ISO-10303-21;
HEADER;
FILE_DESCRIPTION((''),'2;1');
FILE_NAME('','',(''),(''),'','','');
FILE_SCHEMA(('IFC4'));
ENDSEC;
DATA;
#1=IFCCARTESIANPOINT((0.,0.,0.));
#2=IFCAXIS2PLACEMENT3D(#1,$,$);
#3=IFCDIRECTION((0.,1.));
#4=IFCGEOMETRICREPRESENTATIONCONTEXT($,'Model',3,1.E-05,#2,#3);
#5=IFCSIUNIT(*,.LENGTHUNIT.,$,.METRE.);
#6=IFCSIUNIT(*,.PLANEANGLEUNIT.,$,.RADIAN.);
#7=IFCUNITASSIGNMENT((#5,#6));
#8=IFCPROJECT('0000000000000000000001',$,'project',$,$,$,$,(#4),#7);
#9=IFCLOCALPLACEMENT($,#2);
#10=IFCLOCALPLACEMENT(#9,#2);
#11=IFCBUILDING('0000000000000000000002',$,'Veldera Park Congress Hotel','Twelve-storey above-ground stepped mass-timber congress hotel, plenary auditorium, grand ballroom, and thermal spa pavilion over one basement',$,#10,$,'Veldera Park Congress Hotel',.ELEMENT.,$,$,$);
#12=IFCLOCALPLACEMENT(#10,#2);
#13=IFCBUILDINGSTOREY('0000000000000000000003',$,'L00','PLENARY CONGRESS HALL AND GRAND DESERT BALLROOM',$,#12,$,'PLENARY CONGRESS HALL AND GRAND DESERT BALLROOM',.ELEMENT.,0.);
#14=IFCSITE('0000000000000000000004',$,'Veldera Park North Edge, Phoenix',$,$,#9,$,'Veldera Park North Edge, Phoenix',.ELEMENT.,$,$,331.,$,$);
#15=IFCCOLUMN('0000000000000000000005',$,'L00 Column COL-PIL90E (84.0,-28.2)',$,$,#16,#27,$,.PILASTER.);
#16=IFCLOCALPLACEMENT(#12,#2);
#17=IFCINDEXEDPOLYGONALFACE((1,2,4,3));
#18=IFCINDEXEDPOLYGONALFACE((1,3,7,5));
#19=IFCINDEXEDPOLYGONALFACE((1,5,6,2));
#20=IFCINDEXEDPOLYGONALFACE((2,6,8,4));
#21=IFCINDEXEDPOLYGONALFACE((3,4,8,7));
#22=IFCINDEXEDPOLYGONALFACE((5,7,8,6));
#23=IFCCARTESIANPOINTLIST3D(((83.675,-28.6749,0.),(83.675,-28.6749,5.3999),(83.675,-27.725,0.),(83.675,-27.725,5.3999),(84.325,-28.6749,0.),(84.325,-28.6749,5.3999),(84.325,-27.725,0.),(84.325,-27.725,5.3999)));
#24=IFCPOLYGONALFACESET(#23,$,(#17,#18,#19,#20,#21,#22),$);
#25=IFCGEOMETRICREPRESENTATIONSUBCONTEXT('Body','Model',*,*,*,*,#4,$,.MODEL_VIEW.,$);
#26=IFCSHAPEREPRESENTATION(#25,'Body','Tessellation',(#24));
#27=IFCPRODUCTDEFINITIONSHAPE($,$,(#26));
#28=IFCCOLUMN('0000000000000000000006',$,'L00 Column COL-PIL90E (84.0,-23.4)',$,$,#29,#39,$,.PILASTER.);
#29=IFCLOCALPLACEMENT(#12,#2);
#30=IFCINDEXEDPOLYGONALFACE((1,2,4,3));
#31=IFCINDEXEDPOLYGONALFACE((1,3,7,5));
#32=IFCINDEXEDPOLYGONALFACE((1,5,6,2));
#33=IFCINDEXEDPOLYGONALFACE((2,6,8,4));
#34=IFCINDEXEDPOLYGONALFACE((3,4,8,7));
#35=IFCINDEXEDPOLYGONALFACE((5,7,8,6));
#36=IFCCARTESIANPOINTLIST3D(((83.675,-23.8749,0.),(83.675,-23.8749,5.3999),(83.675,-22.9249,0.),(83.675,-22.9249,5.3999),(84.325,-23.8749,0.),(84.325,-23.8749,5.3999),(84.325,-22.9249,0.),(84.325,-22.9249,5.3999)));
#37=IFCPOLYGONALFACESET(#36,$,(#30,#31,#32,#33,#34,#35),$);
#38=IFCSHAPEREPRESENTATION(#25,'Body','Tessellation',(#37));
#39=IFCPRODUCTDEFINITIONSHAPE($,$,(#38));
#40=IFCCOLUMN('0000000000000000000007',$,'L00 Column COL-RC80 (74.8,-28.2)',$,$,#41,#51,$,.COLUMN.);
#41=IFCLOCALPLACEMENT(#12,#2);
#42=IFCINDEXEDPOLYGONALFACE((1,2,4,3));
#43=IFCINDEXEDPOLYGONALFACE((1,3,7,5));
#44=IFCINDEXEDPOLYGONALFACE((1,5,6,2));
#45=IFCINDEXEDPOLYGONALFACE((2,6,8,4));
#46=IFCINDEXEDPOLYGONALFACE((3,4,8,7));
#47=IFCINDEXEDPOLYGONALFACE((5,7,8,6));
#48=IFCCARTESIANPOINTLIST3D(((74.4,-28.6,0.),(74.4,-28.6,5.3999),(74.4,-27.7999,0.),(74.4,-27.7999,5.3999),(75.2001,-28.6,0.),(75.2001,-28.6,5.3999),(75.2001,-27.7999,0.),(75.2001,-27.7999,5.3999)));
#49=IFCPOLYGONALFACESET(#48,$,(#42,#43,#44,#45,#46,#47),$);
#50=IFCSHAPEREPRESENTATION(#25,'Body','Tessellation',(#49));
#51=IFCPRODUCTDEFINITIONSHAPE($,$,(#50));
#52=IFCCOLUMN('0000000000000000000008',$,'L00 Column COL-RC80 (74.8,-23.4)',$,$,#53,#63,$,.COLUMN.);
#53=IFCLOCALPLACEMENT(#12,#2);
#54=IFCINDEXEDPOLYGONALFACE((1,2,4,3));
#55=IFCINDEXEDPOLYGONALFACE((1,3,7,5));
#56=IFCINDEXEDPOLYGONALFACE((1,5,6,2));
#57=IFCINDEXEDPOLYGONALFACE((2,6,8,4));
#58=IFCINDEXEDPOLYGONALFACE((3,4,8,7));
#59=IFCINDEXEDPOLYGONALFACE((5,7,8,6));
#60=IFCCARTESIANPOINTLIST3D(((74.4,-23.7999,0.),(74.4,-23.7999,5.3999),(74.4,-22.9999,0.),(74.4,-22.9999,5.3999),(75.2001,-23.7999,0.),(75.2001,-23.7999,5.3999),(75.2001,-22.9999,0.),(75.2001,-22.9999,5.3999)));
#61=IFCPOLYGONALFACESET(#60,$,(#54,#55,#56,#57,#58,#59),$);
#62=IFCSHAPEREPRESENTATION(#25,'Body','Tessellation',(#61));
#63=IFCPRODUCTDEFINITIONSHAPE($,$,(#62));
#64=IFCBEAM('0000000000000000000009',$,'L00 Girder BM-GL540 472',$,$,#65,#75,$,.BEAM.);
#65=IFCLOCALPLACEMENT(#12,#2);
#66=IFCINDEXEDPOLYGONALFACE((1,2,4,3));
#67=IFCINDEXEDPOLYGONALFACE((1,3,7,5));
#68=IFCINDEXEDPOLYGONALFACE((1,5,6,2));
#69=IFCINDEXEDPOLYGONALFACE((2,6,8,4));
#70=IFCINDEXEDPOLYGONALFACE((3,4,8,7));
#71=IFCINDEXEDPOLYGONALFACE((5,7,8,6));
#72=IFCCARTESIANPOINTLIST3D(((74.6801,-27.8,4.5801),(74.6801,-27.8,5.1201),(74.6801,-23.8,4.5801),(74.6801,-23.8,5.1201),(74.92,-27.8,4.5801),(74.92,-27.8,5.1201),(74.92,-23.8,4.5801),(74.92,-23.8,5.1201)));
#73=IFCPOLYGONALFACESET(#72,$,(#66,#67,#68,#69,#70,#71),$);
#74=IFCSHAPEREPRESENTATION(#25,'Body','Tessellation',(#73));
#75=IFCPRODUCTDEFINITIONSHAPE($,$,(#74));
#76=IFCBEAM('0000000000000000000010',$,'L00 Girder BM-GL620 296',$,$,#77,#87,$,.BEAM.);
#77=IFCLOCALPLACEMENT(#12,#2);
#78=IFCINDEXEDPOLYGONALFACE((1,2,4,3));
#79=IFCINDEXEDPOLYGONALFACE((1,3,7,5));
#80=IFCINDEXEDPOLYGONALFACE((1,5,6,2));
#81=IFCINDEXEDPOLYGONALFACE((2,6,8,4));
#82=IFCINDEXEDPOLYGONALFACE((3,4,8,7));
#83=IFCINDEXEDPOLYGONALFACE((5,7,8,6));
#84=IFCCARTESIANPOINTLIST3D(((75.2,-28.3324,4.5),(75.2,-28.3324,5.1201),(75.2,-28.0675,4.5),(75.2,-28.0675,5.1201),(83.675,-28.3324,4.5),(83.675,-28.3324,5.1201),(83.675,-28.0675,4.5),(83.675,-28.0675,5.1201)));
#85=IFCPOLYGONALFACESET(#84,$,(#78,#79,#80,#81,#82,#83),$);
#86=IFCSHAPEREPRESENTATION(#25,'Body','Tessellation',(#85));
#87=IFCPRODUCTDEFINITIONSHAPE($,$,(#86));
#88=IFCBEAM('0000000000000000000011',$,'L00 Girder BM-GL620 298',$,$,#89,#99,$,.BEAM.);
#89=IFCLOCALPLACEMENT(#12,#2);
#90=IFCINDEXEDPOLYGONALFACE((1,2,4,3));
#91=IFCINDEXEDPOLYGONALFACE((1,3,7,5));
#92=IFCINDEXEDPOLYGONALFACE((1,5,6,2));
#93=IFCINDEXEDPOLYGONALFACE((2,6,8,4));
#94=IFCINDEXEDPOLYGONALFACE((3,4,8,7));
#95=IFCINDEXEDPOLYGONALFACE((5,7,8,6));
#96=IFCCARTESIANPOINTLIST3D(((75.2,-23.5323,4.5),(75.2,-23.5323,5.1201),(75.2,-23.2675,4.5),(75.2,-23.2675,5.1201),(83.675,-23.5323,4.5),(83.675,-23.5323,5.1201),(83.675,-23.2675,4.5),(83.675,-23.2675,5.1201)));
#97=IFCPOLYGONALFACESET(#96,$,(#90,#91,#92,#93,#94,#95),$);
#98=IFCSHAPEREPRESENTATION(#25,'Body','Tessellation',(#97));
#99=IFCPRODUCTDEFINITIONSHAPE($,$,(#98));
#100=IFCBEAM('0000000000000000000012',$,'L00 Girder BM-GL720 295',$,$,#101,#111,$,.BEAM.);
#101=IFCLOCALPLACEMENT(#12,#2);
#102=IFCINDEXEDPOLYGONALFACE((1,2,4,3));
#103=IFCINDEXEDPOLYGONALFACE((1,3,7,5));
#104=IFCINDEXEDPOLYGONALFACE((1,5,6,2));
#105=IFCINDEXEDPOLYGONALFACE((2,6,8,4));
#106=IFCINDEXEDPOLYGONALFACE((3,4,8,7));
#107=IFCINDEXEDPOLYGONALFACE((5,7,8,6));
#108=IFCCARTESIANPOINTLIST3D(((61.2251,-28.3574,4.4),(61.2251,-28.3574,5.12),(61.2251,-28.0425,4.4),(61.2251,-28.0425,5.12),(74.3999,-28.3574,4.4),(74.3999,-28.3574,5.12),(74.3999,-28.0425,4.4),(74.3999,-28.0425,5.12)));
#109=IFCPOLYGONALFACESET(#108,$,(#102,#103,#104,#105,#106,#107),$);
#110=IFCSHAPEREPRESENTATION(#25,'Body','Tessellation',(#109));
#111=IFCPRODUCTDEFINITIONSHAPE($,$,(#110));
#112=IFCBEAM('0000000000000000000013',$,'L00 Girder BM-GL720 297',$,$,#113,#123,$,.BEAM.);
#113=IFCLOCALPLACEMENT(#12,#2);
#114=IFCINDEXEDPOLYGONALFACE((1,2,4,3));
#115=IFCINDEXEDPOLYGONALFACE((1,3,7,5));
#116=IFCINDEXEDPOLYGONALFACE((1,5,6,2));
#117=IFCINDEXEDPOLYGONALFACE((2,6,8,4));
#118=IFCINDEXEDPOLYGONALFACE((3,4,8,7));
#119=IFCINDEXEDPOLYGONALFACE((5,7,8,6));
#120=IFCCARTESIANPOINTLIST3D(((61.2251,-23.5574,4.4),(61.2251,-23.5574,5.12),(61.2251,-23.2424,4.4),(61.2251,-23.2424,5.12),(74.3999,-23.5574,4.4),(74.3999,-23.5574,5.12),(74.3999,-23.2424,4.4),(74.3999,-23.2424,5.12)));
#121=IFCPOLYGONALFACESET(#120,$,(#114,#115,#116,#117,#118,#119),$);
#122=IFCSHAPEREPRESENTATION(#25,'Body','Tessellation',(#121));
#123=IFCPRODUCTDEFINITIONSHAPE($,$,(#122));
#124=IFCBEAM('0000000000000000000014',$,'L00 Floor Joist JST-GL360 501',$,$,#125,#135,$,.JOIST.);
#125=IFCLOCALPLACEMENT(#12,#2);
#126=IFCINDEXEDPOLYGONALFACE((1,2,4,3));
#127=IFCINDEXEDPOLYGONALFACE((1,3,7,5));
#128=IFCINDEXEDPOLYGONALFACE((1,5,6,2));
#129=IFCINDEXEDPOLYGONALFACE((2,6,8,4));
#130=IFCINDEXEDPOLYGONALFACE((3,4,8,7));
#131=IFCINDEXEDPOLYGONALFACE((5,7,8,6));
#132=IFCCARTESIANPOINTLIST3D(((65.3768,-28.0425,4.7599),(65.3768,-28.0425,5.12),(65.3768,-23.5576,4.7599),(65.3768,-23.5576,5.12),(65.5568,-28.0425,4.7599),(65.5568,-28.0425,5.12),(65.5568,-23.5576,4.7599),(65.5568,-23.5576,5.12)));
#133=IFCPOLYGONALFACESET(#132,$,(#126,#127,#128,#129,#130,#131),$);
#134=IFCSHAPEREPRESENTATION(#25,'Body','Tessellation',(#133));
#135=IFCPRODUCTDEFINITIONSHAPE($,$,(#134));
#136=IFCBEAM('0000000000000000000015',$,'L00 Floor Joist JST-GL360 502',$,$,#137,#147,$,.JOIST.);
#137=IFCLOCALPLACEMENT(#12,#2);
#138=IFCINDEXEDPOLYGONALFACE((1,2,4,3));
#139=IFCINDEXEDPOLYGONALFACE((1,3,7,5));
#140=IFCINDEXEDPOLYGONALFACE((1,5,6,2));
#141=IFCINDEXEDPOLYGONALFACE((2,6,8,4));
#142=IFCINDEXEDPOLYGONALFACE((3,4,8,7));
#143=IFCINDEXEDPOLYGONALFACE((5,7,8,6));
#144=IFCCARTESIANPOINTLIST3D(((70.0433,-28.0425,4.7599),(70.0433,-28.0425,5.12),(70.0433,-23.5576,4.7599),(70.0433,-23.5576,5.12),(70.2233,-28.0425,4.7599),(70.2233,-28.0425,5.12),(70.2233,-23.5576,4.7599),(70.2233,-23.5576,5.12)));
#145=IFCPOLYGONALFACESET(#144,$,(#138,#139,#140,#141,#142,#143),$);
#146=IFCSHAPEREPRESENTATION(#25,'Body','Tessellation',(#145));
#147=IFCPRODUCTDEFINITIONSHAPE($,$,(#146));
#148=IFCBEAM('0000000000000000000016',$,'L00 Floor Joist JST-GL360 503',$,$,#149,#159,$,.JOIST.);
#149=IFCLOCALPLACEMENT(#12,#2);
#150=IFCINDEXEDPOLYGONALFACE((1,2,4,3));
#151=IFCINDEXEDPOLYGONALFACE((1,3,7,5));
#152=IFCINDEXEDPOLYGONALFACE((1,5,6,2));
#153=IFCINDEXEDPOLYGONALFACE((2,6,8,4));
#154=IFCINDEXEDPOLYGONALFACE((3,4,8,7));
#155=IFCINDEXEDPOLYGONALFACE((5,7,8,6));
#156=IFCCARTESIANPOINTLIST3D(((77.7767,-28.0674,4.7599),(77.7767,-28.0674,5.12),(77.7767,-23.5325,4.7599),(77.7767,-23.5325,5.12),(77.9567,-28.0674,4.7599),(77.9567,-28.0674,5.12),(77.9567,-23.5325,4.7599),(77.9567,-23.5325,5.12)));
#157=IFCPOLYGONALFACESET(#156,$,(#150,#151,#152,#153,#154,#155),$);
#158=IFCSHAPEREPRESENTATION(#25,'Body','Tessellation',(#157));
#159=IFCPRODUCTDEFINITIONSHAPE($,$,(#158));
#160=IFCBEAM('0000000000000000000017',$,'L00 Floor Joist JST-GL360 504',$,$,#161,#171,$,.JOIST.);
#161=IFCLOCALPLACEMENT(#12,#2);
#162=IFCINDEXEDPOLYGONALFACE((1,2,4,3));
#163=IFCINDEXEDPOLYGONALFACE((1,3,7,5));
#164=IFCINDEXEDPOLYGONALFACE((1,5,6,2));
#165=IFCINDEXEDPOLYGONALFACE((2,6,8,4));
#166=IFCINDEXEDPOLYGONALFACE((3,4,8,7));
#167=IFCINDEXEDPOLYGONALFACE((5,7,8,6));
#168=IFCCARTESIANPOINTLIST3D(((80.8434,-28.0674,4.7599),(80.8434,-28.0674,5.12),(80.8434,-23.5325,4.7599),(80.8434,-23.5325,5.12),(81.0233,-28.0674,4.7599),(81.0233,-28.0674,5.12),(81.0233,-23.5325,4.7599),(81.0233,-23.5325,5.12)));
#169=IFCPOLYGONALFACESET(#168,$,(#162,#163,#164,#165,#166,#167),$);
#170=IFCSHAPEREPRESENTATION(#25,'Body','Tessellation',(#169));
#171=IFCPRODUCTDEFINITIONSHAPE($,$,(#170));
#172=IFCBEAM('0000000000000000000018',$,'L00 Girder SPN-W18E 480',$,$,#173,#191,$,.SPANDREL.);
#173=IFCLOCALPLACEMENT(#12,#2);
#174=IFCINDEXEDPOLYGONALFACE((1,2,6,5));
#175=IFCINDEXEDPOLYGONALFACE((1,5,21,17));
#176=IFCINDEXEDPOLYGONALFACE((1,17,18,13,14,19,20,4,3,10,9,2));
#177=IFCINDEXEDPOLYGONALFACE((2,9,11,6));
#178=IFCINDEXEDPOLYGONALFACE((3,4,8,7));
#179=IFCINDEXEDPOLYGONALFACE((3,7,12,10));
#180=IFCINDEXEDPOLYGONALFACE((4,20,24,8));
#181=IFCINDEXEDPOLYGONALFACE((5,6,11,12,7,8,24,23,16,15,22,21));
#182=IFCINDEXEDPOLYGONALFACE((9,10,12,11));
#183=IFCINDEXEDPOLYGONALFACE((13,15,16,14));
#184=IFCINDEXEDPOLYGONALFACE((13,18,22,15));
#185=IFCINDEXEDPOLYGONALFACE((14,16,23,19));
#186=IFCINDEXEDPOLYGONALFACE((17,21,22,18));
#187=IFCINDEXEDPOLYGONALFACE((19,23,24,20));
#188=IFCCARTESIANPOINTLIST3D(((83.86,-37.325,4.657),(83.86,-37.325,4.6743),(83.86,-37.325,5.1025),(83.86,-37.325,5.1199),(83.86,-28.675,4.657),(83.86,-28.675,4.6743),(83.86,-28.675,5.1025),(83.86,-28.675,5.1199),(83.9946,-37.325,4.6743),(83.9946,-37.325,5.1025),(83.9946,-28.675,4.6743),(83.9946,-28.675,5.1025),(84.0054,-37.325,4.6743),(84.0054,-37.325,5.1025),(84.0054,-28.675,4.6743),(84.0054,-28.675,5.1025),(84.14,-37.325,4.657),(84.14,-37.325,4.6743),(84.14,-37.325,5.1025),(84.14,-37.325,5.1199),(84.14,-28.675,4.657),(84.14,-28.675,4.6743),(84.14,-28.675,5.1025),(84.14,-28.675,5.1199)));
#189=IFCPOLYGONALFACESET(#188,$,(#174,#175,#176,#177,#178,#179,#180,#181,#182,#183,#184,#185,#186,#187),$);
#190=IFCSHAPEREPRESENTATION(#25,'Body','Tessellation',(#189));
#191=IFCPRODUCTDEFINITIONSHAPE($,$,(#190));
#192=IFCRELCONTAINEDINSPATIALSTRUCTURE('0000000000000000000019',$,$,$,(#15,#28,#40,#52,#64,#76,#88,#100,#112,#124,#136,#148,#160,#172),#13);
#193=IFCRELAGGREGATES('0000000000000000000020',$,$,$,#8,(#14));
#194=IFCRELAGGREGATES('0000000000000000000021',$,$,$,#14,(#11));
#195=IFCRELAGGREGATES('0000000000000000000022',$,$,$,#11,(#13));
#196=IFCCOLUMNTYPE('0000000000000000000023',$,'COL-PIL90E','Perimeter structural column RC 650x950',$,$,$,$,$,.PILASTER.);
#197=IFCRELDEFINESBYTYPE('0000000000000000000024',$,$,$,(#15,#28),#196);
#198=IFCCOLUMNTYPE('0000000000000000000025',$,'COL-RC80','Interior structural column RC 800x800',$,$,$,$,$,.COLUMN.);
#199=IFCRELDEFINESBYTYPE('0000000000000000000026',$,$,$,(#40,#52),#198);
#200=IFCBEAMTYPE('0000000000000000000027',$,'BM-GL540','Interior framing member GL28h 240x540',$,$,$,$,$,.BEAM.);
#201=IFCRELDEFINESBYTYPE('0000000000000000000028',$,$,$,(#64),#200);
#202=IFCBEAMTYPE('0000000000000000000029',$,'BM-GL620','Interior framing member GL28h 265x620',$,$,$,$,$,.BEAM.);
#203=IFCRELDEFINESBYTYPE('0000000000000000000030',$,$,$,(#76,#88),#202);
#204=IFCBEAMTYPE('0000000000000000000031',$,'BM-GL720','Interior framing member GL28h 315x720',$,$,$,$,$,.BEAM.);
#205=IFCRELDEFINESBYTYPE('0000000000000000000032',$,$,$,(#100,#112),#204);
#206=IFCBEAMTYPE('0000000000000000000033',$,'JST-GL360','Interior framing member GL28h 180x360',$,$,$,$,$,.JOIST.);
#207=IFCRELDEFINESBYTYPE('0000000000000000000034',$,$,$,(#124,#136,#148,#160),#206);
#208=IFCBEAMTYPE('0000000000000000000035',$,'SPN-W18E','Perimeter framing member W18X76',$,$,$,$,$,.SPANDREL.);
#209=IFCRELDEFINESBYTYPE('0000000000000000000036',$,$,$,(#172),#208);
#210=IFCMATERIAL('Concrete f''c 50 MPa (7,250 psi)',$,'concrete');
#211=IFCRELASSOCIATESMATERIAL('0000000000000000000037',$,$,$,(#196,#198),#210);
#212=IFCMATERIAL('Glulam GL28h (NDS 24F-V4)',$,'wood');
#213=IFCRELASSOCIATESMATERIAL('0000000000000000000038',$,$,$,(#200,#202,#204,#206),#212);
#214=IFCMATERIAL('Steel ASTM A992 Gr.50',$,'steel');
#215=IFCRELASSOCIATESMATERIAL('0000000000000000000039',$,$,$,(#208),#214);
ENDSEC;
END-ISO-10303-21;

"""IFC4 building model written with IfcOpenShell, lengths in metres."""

from ifc_helpers import new_model, si_unit, direction, frame, origin, origin_2d, place, context, subcontext, project, spatial, rectangle, i_section, extrude, material, material_profile, profile_set, type_object, element, save


model = new_model("IFC4")

# Units and contexts
model_context = context("Model", 3, precision=1e-05, world=origin(), true_north=direction((0.0, 1.0)))
body_context = subcontext(model_context, "Body", "Model", "MODEL_VIEW")
ifc_project = project(units=[si_unit("LENGTHUNIT", "METRE"), si_unit("PLANEANGLEUNIT", "RADIAN")], contexts=[model_context])

# Site, building, storey
site_placement = place(None, origin())
site = spatial("IfcSite", under=ifc_project, at=site_placement, Name="Veldera Park North Edge, Phoenix", LongName="Veldera Park North Edge, Phoenix", CompositionType="ELEMENT", RefElevation=331.0)
building_placement = place(site_placement, origin())
building = spatial("IfcBuilding", under=site, at=building_placement, Name="Veldera Park Congress Hotel", Description="Twelve-storey above-ground stepped mass-timber congress hotel, plenary auditorium, grand ballroom, and thermal spa pavilion over one basement", LongName="Veldera Park Congress Hotel", CompositionType="ELEMENT")
storey_placement = place(building_placement, origin())
storey = spatial("IfcBuildingStorey", under=building, at=storey_placement, Name="L00", Description="PLENARY CONGRESS HALL AND GRAND DESERT BALLROOM", LongName="PLENARY CONGRESS HALL AND GRAND DESERT BALLROOM", CompositionType="ELEMENT", Elevation=0.0)

# Columns
ifc_material_1 = material(Name="Concrete f'c 50 MPa (7,250 psi)", Category="concrete")
ifc_material_profile_1 = material_profile(ifc_material_1, rectangle(XDim=0.6499, YDim=0.95, at=origin_2d()), Name="RC 650x950")
ifc_profile_set_1 = profile_set([ifc_material_profile_1], Name="Concrete f'c 50 MPa (7,250 psi)")
column_type_1 = type_object("IfcColumnType", Name="COL-PIL90E", Description="Perimeter structural column RC 650x950", PredefinedType="PILASTER", material=ifc_profile_set_1)
for number, where, z_axis, x_axis, name in (
    (1, (84.0, -28.2, 0.0), (0.0, 0.0, 1.0), (1.0, 0.0, 0.0), "L00 Column COL-PIL90E (84.0,-28.2)"),
    (2, (84.0, -23.3999, 0.0), (0.0, 0.0, 1.0), (1.0, 0.0, 0.0), "L00 Column COL-PIL90E (84.0,-23.4)"),
):
    element("IfcColumn", number, at=place(storey_placement, frame(where, z_axis=z_axis, x_axis=x_axis)), inside=storey, type_object=column_type_1, Name=name, PredefinedType="PILASTER", context=body_context, shape_type="SweptSolid", body=[
        extrude(rectangle(XDim=0.6499, YDim=0.95, at=origin_2d()), origin(), (0.0, 0.0, 1.0), 5.3999),
    ])
ifc_material_profile_2 = material_profile(ifc_material_1, rectangle(XDim=0.8, YDim=0.8, at=origin_2d()), Name="RC 800x800")
ifc_profile_set_2 = profile_set([ifc_material_profile_2], Name="Concrete f'c 50 MPa (7,250 psi)")
column_type_2 = type_object("IfcColumnType", Name="COL-RC80", Description="Interior structural column RC 800x800", PredefinedType="COLUMN", material=ifc_profile_set_2)
for number, where, z_axis, x_axis, name in (
    (3, (74.8, -28.2, 0.0), (0.0, 0.0, 1.0), (1.0, 0.0, 0.0), "L00 Column COL-RC80 (74.8,-28.2)"),
    (4, (74.8, -23.3999, 0.0), (0.0, 0.0, 1.0), (1.0, 0.0, 0.0), "L00 Column COL-RC80 (74.8,-23.4)"),
):
    element("IfcColumn", number, at=place(storey_placement, frame(where, z_axis=z_axis, x_axis=x_axis)), inside=storey, type_object=column_type_2, Name=name, PredefinedType="COLUMN", context=body_context, shape_type="SweptSolid", body=[
        extrude(rectangle(XDim=0.8, YDim=0.8, at=origin_2d()), origin(), (0.0, 0.0, 1.0), 5.3999),
    ])

# Beams
ifc_material_2 = material(Name="Glulam GL28h (NDS 24F-V4)", Category="wood")
ifc_material_profile_3 = material_profile(ifc_material_2, rectangle(XDim=0.24, YDim=0.54, at=origin_2d()), Name="GL28h 240x540")
ifc_profile_set_3 = profile_set([ifc_material_profile_3], Name="Glulam GL28h (NDS 24F-V4)")
beam_type_1 = type_object("IfcBeamType", Name="BM-GL540", Description="Interior framing member GL28h 240x540", PredefinedType="BEAM", material=ifc_profile_set_3)
beam_1_placement = place(storey_placement, frame((74.8, -27.8, 4.8501), z_axis=(0.0, 1.0, 0.0), x_axis=(-1.0, 0.0, 0.0)))
element("IfcBeam", 5, at=beam_1_placement, inside=storey, type_object=beam_type_1, Name="L00 Girder BM-GL540 472", PredefinedType="BEAM", context=body_context, shape_type="SweptSolid", body=[
    extrude(rectangle(XDim=0.24, YDim=0.54, at=origin_2d()), origin(), (0.0, 0.0, 1.0), 4.0),
])
ifc_material_profile_4 = material_profile(ifc_material_2, rectangle(XDim=0.2649, YDim=0.6201, at=origin_2d()), Name="GL28h 265x620")
ifc_profile_set_4 = profile_set([ifc_material_profile_4], Name="Glulam GL28h (NDS 24F-V4)")
beam_type_2 = type_object("IfcBeamType", Name="BM-GL620", Description="Interior framing member GL28h 265x620", PredefinedType="BEAM", material=ifc_profile_set_4)
for number, where, z_axis, x_axis, name in (
    (6, (75.2, -28.2, 4.8101), (1.0, 0.0, 0.0), (0.0, 1.0, 0.0), "L00 Girder BM-GL620 296"),
    (7, (75.2, -23.3999, 4.8101), (1.0, 0.0, 0.0), (0.0, 1.0, 0.0), "L00 Girder BM-GL620 298"),
):
    element("IfcBeam", number, at=place(storey_placement, frame(where, z_axis=z_axis, x_axis=x_axis)), inside=storey, type_object=beam_type_2, Name=name, PredefinedType="BEAM", context=body_context, shape_type="SweptSolid", body=[
        extrude(rectangle(XDim=0.2649, YDim=0.6201, at=origin_2d()), origin(), (0.0, 0.0, 1.0), 8.4751),
    ])
ifc_material_profile_5 = material_profile(ifc_material_2, rectangle(XDim=0.3149, YDim=0.72, at=origin_2d()), Name="GL28h 315x720")
ifc_profile_set_5 = profile_set([ifc_material_profile_5], Name="Glulam GL28h (NDS 24F-V4)")
beam_type_3 = type_object("IfcBeamType", Name="BM-GL720", Description="Interior framing member GL28h 315x720", PredefinedType="BEAM", material=ifc_profile_set_5)
for number, where, z_axis, x_axis, name in (
    (8, (61.2251, -28.2, 4.76), (1.0, 0.0, 0.0), (0.0, 1.0, 0.0), "L00 Girder BM-GL720 295"),
    (9, (61.2251, -23.3999, 4.76), (1.0, 0.0, 0.0), (0.0, 1.0, 0.0), "L00 Girder BM-GL720 297"),
):
    element("IfcBeam", number, at=place(storey_placement, frame(where, z_axis=z_axis, x_axis=x_axis)), inside=storey, type_object=beam_type_3, Name=name, PredefinedType="BEAM", context=body_context, shape_type="SweptSolid", body=[
        extrude(rectangle(XDim=0.3149, YDim=0.72, at=origin_2d()), origin(), (0.0, 0.0, 1.0), 13.1748),
    ])
ifc_material_profile_6 = material_profile(ifc_material_2, rectangle(XDim=0.1799, YDim=0.3601, at=origin_2d()), Name="GL28h 180x360")
ifc_profile_set_6 = profile_set([ifc_material_profile_6], Name="Glulam GL28h (NDS 24F-V4)")
beam_type_4 = type_object("IfcBeamType", Name="JST-GL360", Description="Interior framing member GL28h 180x360", PredefinedType="JOIST", material=ifc_profile_set_6)
for number, where, z_axis, x_axis, name in (
    (10, (65.4668, -28.0425, 4.9399), (0.0, 1.0, 0.0), (-1.0, 0.0, 0.0), "L00 Floor Joist JST-GL360 501"),
    (11, (70.1333, -28.0425, 4.9399), (0.0, 1.0, 0.0), (-1.0, 0.0, 0.0), "L00 Floor Joist JST-GL360 502"),
):
    element("IfcBeam", number, at=place(storey_placement, frame(where, z_axis=z_axis, x_axis=x_axis)), inside=storey, type_object=beam_type_4, Name=name, PredefinedType="JOIST", context=body_context, shape_type="SweptSolid", body=[
        extrude(rectangle(XDim=0.1799, YDim=0.3601, at=origin_2d()), origin(), (0.0, 0.0, 1.0), 4.4849),
    ])
for number, where, z_axis, x_axis, name in (
    (12, (77.8667, -28.0674, 4.9399), (0.0, 1.0, 0.0), (-1.0, 0.0, 0.0), "L00 Floor Joist JST-GL360 503"),
    (13, (80.9333, -28.0674, 4.9399), (0.0, 1.0, 0.0), (-1.0, 0.0, 0.0), "L00 Floor Joist JST-GL360 504"),
):
    element("IfcBeam", number, at=place(storey_placement, frame(where, z_axis=z_axis, x_axis=x_axis)), inside=storey, type_object=beam_type_4, Name=name, PredefinedType="JOIST", context=body_context, shape_type="SweptSolid", body=[
        extrude(rectangle(XDim=0.1799, YDim=0.3601, at=origin_2d()), origin(), (0.0, 0.0, 1.0), 4.5349),
    ])
ifc_material_3 = material(Name="Steel ASTM A992 Gr.50", Category="steel")
ifc_material_profile_7 = material_profile(ifc_material_3, i_section(OverallWidth=0.28, OverallDepth=0.4629, WebThickness=0.0107, FlangeThickness=0.0173, at=origin_2d()), Name="W18X76")
ifc_profile_set_7 = profile_set([ifc_material_profile_7], Name="Steel ASTM A992 Gr.50")
beam_type_5 = type_object("IfcBeamType", Name="SPN-W18E", Description="Perimeter framing member W18X76", PredefinedType="SPANDREL", material=ifc_profile_set_7)
beam_2_placement = place(storey_placement, frame((84.0, -37.325, 4.8884), z_axis=(0.0, 1.0, 0.0), x_axis=(-1.0, 0.0, 0.0)))
element("IfcBeam", 14, at=beam_2_placement, inside=storey, type_object=beam_type_5, Name="L00 Girder SPN-W18E 480", PredefinedType="SPANDREL", context=body_context, shape_type="SweptSolid", body=[
    extrude(i_section(OverallWidth=0.28, OverallDepth=0.4629, WebThickness=0.0107, FlangeThickness=0.0173, at=origin_2d()), origin(), (0.0, 0.0, 1.0), 8.6499),
])

save(model, "model.ifc")
